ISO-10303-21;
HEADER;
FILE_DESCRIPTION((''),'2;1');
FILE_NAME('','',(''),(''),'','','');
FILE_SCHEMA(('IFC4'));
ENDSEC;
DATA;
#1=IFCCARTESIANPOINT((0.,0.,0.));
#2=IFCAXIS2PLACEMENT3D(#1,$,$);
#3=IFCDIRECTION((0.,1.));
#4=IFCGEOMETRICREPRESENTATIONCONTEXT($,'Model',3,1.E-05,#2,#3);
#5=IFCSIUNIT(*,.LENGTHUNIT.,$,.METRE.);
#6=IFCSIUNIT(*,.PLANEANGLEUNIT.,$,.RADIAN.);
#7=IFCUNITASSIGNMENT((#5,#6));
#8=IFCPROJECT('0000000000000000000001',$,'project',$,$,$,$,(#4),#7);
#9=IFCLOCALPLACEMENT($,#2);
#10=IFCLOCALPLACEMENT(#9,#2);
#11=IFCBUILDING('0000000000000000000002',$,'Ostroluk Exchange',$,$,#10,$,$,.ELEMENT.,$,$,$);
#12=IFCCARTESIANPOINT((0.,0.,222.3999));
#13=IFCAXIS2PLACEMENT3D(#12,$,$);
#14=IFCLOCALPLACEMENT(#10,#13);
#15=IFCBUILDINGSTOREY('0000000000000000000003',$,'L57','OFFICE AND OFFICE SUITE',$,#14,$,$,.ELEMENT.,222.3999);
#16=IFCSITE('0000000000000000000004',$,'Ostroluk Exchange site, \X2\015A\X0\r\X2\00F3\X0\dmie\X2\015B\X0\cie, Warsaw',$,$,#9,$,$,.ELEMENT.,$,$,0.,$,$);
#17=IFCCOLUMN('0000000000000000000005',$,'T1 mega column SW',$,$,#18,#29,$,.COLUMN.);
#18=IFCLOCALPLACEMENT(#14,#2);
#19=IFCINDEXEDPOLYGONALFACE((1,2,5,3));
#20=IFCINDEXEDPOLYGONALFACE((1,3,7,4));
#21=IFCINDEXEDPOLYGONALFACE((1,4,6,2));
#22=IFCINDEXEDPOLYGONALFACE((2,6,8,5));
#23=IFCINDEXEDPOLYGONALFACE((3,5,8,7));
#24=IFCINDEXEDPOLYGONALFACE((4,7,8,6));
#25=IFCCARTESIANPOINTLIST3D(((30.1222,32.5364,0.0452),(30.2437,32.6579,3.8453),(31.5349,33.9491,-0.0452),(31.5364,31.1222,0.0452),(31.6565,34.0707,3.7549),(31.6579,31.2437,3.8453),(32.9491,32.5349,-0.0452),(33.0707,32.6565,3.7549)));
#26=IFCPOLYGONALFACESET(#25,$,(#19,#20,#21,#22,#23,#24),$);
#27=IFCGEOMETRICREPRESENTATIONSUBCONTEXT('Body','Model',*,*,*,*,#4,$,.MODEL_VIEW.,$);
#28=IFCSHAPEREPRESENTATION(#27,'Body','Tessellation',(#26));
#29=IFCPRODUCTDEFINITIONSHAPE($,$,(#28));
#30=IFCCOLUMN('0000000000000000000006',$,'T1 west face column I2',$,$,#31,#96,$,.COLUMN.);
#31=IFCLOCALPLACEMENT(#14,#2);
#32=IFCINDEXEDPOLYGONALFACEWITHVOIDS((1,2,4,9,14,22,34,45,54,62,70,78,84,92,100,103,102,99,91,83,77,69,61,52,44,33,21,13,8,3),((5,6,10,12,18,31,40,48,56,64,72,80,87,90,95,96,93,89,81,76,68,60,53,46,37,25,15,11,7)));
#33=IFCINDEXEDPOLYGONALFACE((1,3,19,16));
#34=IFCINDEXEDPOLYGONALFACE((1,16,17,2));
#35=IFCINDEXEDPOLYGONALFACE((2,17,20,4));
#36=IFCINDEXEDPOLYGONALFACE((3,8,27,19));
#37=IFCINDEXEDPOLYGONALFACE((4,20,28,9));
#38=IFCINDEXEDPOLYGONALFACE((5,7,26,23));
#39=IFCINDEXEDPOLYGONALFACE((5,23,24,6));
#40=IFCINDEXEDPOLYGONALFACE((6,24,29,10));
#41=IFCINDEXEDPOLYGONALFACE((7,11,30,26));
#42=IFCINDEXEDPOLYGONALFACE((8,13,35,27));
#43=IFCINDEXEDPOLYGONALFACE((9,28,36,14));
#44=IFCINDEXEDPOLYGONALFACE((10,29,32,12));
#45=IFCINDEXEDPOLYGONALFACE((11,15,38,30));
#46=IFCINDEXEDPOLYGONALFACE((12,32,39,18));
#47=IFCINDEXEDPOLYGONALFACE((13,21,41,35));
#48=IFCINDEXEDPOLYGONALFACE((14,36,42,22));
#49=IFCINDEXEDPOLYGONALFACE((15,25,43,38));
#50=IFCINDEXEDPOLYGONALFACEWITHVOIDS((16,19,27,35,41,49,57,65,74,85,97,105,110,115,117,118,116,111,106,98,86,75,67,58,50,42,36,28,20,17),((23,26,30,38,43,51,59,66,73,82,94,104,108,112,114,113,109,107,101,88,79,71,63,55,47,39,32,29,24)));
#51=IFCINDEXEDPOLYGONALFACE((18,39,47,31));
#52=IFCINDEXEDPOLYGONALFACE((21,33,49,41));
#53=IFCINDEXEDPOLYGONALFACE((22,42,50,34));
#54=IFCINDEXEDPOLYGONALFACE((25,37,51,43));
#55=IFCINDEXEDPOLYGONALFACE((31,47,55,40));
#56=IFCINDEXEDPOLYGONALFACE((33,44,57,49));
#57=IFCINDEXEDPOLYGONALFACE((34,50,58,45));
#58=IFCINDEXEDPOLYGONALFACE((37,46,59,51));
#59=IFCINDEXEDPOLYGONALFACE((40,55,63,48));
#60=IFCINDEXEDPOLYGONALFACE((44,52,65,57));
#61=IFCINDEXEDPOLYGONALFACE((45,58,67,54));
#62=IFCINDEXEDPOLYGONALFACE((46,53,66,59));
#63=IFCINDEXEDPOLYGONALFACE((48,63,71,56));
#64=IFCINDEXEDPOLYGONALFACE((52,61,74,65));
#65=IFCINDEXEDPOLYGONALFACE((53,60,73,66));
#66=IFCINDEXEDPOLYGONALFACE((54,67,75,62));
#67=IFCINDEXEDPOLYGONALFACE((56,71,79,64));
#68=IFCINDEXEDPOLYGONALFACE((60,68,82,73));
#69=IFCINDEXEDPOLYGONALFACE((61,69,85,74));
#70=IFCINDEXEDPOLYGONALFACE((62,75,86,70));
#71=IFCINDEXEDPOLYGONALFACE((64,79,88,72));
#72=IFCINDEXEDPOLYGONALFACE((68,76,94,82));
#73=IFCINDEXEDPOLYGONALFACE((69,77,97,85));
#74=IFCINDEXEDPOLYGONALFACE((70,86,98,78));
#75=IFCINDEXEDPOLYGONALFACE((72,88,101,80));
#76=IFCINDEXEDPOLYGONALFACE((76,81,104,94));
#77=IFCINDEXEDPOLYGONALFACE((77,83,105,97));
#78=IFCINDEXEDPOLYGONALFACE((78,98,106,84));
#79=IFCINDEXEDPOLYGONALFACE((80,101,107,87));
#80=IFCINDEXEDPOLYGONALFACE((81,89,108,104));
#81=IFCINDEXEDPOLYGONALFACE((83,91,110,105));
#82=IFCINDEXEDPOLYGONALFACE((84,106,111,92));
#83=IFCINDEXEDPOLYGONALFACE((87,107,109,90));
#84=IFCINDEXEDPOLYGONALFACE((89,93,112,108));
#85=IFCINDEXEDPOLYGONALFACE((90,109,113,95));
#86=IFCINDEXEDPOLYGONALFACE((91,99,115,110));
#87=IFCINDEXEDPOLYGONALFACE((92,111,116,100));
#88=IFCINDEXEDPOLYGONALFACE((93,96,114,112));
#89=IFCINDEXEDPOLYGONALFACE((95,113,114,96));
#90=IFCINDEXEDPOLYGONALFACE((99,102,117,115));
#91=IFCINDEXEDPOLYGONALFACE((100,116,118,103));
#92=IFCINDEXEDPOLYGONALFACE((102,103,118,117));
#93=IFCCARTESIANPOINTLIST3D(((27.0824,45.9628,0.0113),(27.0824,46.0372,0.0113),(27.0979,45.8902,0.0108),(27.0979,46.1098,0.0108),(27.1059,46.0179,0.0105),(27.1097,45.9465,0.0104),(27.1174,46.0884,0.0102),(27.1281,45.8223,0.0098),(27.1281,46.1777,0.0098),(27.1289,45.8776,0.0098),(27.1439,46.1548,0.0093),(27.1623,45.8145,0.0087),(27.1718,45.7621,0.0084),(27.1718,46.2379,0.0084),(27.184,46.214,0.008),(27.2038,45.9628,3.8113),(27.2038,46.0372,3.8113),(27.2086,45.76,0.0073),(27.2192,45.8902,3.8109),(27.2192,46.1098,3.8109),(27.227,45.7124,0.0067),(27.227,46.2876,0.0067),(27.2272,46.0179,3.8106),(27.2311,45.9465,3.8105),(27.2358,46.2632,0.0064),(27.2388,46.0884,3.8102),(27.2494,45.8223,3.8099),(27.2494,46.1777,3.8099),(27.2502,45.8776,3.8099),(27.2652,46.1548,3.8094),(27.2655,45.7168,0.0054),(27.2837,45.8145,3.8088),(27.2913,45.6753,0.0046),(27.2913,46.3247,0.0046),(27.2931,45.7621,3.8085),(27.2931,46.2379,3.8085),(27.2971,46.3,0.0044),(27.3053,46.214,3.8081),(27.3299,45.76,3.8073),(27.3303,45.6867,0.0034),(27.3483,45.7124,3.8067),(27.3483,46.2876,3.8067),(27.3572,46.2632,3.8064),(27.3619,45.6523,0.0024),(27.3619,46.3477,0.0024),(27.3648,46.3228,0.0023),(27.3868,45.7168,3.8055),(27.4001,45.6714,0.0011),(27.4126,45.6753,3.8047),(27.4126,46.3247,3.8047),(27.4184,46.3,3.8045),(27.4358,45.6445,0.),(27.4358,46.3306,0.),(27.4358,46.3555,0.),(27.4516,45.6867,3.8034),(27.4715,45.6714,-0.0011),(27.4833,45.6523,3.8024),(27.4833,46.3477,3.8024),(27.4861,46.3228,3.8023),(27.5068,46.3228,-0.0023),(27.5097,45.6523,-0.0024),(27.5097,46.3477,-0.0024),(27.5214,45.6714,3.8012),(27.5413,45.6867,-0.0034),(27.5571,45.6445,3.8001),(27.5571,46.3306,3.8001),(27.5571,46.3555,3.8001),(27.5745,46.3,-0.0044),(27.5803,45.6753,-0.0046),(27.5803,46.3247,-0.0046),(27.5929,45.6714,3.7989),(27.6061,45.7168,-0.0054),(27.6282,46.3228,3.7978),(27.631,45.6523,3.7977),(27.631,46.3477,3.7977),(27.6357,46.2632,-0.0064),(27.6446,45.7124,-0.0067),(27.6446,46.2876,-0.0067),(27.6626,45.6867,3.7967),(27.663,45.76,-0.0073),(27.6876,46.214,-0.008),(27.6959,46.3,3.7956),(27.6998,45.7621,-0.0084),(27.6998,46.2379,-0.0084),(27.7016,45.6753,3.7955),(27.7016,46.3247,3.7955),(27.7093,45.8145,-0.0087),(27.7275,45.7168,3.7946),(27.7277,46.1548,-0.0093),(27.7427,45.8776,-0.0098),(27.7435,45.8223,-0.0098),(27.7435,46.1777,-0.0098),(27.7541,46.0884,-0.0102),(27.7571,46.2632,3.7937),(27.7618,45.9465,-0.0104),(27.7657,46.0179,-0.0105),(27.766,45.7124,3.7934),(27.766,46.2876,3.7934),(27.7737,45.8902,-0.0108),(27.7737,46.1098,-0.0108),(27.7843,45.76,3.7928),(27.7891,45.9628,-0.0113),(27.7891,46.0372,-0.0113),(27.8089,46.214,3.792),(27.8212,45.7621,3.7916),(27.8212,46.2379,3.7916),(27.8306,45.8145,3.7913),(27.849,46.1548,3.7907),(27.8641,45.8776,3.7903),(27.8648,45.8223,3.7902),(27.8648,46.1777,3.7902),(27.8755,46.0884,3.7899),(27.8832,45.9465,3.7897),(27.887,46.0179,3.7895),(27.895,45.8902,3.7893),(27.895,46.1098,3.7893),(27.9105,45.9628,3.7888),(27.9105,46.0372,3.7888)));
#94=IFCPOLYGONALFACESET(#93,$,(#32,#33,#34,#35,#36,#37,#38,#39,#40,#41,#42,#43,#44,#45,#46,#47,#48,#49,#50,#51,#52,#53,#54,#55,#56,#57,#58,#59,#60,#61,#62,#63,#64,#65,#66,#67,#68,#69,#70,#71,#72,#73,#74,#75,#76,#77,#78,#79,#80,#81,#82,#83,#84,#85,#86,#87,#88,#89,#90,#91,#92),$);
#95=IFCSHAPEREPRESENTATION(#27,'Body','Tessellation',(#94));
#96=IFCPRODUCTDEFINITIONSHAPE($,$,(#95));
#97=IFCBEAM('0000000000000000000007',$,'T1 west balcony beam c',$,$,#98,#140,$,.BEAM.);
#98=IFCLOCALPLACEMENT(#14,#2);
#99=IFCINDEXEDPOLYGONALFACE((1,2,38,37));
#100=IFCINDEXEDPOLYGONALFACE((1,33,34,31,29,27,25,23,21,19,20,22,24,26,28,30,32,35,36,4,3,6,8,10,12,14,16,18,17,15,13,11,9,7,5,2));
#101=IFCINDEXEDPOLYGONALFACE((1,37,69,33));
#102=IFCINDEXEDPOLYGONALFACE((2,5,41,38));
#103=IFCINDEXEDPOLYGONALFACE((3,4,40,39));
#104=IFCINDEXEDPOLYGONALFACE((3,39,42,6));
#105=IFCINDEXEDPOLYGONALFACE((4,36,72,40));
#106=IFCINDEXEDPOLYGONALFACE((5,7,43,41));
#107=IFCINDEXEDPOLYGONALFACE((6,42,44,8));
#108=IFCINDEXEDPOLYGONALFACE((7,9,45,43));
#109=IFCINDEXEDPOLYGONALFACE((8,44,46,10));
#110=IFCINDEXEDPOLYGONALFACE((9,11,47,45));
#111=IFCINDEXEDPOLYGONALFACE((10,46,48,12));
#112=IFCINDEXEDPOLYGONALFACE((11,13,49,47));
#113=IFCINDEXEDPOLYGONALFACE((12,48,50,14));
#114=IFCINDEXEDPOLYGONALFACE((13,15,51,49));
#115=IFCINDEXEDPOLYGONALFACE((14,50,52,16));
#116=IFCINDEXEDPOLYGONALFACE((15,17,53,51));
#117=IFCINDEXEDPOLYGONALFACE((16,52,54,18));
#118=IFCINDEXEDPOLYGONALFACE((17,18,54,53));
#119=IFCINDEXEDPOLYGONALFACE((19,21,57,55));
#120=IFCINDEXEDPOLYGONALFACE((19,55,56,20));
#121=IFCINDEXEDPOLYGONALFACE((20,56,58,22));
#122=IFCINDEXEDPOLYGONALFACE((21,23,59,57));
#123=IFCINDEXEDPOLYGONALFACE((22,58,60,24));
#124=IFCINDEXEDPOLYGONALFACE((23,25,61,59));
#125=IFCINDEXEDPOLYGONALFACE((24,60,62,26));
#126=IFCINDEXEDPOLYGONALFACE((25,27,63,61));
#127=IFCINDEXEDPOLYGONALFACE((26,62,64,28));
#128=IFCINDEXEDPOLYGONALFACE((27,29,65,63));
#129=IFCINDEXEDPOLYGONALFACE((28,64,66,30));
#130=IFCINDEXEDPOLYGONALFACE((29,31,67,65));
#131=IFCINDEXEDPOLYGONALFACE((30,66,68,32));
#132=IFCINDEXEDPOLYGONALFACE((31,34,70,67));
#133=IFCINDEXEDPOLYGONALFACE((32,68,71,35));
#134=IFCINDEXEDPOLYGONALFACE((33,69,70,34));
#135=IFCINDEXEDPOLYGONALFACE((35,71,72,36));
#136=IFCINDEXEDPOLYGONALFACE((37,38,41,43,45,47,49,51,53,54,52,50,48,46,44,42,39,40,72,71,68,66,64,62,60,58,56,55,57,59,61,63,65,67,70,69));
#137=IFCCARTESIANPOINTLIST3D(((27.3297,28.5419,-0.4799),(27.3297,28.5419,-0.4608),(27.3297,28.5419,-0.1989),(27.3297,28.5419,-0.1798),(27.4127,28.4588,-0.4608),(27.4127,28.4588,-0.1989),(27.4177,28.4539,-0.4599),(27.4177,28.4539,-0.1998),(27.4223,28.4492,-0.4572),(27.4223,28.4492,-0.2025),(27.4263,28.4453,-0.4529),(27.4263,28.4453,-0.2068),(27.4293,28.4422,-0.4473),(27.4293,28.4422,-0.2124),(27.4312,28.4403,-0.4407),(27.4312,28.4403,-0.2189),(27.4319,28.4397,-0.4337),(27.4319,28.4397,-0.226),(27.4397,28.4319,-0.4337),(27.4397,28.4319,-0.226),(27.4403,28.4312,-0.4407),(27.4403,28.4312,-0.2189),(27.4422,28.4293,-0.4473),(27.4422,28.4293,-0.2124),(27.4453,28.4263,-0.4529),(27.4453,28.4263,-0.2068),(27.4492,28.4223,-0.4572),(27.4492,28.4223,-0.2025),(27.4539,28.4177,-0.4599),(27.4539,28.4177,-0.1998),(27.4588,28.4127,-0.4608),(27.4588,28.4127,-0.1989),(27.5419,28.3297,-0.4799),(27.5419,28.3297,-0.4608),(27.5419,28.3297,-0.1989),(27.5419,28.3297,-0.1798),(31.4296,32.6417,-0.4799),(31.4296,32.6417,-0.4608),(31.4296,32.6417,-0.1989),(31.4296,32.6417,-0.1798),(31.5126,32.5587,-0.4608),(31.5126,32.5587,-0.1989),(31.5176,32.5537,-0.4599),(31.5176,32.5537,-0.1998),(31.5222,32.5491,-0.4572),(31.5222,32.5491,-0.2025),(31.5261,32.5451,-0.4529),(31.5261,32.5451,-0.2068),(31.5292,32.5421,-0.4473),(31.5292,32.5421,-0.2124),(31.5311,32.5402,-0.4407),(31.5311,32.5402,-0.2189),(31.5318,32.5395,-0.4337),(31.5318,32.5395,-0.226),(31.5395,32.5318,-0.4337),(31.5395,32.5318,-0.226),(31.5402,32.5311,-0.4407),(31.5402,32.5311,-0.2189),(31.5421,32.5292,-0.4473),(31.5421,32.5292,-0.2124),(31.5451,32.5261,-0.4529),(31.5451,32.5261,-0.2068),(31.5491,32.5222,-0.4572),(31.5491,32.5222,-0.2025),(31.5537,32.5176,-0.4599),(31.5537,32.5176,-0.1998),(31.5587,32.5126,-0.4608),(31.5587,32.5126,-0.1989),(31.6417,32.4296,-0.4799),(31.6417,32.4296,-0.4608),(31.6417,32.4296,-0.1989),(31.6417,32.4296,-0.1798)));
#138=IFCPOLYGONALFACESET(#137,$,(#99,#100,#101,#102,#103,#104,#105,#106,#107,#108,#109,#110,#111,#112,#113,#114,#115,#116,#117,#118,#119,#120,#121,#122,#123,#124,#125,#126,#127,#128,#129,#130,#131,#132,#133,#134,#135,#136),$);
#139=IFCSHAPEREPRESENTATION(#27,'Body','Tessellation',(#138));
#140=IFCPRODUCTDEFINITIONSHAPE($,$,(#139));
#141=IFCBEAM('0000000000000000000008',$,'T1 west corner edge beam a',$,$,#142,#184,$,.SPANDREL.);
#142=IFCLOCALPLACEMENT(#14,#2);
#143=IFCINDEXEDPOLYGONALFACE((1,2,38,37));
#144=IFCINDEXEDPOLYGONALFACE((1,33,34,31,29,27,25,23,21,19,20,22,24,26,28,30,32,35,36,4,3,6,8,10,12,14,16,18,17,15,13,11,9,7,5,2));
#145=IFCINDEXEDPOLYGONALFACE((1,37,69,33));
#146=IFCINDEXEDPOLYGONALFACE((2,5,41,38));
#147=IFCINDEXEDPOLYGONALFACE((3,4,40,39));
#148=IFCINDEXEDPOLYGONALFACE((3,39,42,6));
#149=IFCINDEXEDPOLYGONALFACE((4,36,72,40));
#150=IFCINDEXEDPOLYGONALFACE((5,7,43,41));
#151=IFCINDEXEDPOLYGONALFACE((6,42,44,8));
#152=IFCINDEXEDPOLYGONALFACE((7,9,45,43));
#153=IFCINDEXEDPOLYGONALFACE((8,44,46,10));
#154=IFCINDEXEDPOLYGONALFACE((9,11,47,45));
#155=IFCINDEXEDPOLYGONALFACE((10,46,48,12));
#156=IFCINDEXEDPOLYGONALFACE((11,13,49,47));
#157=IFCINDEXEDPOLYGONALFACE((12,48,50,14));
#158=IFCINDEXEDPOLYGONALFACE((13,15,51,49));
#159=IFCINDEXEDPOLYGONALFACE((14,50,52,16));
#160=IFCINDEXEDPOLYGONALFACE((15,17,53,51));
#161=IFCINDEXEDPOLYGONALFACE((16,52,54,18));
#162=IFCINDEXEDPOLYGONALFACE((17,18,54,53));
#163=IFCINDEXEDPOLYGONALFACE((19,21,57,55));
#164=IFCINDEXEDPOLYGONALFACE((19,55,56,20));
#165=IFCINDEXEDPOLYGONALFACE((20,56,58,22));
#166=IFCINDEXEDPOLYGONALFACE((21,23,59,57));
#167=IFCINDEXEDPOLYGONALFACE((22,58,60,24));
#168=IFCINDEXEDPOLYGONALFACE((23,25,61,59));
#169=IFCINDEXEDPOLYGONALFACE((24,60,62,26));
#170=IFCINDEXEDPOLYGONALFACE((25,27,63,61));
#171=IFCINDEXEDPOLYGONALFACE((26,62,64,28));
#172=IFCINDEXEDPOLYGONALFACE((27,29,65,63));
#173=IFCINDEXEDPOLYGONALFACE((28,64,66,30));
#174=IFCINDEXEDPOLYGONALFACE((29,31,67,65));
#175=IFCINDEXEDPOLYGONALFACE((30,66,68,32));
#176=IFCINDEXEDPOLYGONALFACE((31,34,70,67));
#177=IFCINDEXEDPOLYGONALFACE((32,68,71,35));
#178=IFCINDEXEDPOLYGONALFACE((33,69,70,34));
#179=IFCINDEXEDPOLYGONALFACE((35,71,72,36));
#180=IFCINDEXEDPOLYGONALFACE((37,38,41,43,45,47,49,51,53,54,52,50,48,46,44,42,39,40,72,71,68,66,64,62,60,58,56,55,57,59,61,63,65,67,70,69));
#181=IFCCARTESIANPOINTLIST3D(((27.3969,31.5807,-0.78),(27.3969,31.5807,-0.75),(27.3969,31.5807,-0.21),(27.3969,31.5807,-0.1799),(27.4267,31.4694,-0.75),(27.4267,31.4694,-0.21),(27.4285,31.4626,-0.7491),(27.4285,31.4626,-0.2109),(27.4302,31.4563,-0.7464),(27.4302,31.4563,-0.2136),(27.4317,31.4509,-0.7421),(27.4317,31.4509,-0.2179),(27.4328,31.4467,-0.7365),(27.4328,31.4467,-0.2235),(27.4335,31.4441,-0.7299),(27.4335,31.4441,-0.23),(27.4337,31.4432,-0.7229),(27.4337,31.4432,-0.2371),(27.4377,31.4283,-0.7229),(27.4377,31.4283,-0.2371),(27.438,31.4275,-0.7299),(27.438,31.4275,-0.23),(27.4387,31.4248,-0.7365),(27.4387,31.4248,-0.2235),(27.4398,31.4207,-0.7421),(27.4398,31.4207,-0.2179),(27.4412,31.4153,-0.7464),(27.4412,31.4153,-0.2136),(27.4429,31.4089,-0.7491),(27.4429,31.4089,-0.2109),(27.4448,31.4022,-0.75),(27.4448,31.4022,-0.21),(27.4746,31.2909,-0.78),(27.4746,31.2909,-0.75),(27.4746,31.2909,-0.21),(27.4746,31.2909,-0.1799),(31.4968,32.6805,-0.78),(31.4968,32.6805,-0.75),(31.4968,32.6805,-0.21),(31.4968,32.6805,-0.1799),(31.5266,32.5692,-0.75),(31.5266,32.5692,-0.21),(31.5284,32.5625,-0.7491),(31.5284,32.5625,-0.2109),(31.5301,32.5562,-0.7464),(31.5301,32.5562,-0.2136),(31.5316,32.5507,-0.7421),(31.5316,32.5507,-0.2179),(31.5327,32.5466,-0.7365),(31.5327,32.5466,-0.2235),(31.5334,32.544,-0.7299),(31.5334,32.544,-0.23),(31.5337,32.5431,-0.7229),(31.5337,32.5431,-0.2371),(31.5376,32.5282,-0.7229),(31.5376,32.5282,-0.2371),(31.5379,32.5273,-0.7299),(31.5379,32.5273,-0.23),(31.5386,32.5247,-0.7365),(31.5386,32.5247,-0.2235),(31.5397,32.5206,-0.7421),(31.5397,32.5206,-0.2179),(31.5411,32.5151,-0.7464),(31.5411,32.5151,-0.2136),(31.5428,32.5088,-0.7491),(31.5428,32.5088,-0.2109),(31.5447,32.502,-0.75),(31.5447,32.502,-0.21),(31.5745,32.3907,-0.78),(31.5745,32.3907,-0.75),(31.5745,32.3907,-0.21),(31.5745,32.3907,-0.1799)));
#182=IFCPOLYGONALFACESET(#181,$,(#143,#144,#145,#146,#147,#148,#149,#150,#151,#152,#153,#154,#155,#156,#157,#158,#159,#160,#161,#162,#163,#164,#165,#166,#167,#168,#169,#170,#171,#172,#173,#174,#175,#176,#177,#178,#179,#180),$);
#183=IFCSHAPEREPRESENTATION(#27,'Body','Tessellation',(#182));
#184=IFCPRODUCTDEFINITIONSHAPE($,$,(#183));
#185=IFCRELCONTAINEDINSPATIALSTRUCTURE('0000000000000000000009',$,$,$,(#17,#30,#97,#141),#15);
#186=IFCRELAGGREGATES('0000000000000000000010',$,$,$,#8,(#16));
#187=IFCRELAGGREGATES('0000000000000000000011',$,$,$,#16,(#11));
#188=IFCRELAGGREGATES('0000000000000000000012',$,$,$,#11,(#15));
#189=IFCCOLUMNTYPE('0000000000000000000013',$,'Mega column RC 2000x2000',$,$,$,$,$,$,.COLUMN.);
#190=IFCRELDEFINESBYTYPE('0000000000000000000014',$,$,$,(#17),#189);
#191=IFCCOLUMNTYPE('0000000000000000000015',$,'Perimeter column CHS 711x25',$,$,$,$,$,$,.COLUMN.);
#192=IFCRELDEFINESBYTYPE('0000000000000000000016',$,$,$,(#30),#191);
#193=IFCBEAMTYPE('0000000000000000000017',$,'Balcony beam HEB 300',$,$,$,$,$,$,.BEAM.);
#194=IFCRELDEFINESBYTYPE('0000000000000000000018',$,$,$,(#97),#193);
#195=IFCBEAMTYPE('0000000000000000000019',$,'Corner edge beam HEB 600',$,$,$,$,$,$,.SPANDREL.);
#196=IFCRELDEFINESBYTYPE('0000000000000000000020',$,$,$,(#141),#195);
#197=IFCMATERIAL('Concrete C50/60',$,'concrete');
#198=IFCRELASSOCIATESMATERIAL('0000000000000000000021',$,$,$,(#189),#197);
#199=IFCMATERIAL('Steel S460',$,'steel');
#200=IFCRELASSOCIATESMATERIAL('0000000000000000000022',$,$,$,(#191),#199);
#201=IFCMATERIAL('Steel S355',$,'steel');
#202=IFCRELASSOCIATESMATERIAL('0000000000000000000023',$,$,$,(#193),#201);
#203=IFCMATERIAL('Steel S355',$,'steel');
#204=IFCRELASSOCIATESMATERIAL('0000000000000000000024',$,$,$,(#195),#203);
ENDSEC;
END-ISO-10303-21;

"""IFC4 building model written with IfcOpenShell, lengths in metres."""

from ifc_helpers import new_model, si_unit, direction, frame, origin, origin_2d, place, context, subcontext, project, spatial, rectangle, hollow_circle, i_section, extrude, material, material_profile, profile_set, type_object, element, save


model = new_model("IFC4")

# Units and contexts
model_context = context("Model", 3, precision=1e-05, world=origin(), true_north=direction((0.0, 1.0)))
body_context = subcontext(model_context, "Body", "Model", "MODEL_VIEW")
ifc_project = project(units=[si_unit("LENGTHUNIT", "METRE"), si_unit("PLANEANGLEUNIT", "RADIAN")], contexts=[model_context])

# Site, building, storey
site_placement = place(None, origin())
site = spatial("IfcSite", under=ifc_project, at=site_placement, Name="Ostroluk Exchange site, Śródmieście, Warsaw", CompositionType="ELEMENT", RefElevation=0.0)
building_placement = place(site_placement, origin())
building = spatial("IfcBuilding", under=site, at=building_placement, Name="Ostroluk Exchange", CompositionType="ELEMENT")
storey_placement = place(building_placement, frame((0.0, 0.0, 222.3999)))
storey = spatial("IfcBuildingStorey", under=building, at=storey_placement, Name="L57", Description="OFFICE AND OFFICE SUITE", CompositionType="ELEMENT", Elevation=222.3999)

# Columns
ifc_material_1 = material(Name="Concrete C50/60", Category="concrete")
ifc_material_profile_1 = material_profile(ifc_material_1, rectangle(XDim=2.0, YDim=2.0, at=origin_2d()), Name="RC 2000x2000")
ifc_profile_set_1 = profile_set([ifc_material_profile_1], Name="Concrete C50/60")
column_type_1 = type_object("IfcColumnType", Name="Mega column RC 2000x2000", PredefinedType="COLUMN", material=ifc_profile_set_1)
column_1_placement = place(storey_placement, frame((31.5356, 32.5356, 0.0), z_axis=(0.031962, 0.031962, 0.998978), x_axis=(-0.707107, 0.707107, 0.0)))
element("IfcColumn", 1, at=column_1_placement, inside=storey, type_object=column_type_1, Name="T1 mega column SW", PredefinedType="COLUMN", context=body_context, shape_type="SweptSolid", body=[
    extrude(rectangle(XDim=2.0, YDim=2.0, at=origin_2d()), origin(), (0.0, 0.0, 1.0), 3.804),
])
ifc_material_2 = material(Name="Steel S460", Category="steel")
ifc_material_profile_2 = material_profile(ifc_material_2, hollow_circle(Radius=0.3555, WallThickness=0.0249, at=origin_2d()), Name="CHS 711x25")
ifc_profile_set_2 = profile_set([ifc_material_profile_2], Name="Steel S460")
column_type_2 = type_object("IfcColumnType", Name="Perimeter column CHS 711x25", PredefinedType="COLUMN", material=ifc_profile_set_2)
column_2_placement = place(storey_placement, frame((27.4358, 46.0, 0.0), z_axis=(0.031914, 0.0, 0.999491), x_axis=(0.0, 1.0, 0.0)))
element("IfcColumn", 2, at=column_2_placement, inside=storey, type_object=column_type_2, Name="T1 west face column I2", PredefinedType="COLUMN", context=body_context, shape_type="SweptSolid", body=[
    extrude(hollow_circle(Radius=0.3555, WallThickness=0.0249, at=origin_2d()), origin(), (0.0, 0.0, 1.0), 3.802),
])

# Beams
ifc_material_3 = material(Name="Steel S355", Category="steel")
ifc_material_profile_3 = material_profile(ifc_material_3, i_section(OverallWidth=0.3, OverallDepth=0.3, WebThickness=0.011, FlangeThickness=0.019, FilletRadius=0.0271, at=origin_2d()), Name="HEB 300")
ifc_profile_set_3 = profile_set([ifc_material_profile_3], Name="Steel S355")
beam_type_1 = type_object("IfcBeamType", Name="Balcony beam HEB 300", PredefinedType="BEAM", material=ifc_profile_set_3)
beam_1_placement = place(storey_placement, frame((31.5356, 32.5356, -0.3298), z_axis=(-0.707107, -0.707107, 0.0), x_axis=(0.707107, -0.707107, 0.0)))
element("IfcBeam", 3, at=beam_1_placement, inside=storey, type_object=beam_type_1, Name="T1 west balcony beam c", PredefinedType="BEAM", context=body_context, shape_type="SweptSolid", body=[
    extrude(i_section(OverallWidth=0.3, OverallDepth=0.3, WebThickness=0.011, FlangeThickness=0.019, FilletRadius=0.0271, at=origin_2d()), origin(), (0.0, 0.0, 1.0), 5.7981),
])
ifc_material_4 = material(Name="Steel S355", Category="steel")
ifc_material_profile_4 = material_profile(ifc_material_4, i_section(OverallWidth=0.3, OverallDepth=0.6001, WebThickness=0.0154, FlangeThickness=0.03, FilletRadius=0.0271, at=origin_2d()), Name="HEB 600")
ifc_profile_set_4 = profile_set([ifc_material_profile_4], Name="Steel S355")
beam_type_2 = type_object("IfcBeamType", Name="Corner edge beam HEB 600", PredefinedType="SPANDREL", material=ifc_profile_set_4)
for number, where, z_axis, x_axis, name in (
    (4, (31.5356, 32.5356, -0.48), (-0.965849, -0.259105, 0.0), (0.259105, -0.965849, 0.0), "T1 west corner edge beam a"),
):
    element("IfcBeam", number, at=place(storey_placement, frame(where, z_axis=z_axis, x_axis=x_axis)), inside=storey, type_object=beam_type_2, Name=name, PredefinedType="SPANDREL", context=body_context, shape_type="SweptSolid", body=[
        extrude(i_section(OverallWidth=0.3, OverallDepth=0.6001, WebThickness=0.0154, FlangeThickness=0.03, FilletRadius=0.0271, at=origin_2d()), origin(), (0.0, 0.0, 1.0), 4.2449),
    ])

save(model, "model.ifc")
